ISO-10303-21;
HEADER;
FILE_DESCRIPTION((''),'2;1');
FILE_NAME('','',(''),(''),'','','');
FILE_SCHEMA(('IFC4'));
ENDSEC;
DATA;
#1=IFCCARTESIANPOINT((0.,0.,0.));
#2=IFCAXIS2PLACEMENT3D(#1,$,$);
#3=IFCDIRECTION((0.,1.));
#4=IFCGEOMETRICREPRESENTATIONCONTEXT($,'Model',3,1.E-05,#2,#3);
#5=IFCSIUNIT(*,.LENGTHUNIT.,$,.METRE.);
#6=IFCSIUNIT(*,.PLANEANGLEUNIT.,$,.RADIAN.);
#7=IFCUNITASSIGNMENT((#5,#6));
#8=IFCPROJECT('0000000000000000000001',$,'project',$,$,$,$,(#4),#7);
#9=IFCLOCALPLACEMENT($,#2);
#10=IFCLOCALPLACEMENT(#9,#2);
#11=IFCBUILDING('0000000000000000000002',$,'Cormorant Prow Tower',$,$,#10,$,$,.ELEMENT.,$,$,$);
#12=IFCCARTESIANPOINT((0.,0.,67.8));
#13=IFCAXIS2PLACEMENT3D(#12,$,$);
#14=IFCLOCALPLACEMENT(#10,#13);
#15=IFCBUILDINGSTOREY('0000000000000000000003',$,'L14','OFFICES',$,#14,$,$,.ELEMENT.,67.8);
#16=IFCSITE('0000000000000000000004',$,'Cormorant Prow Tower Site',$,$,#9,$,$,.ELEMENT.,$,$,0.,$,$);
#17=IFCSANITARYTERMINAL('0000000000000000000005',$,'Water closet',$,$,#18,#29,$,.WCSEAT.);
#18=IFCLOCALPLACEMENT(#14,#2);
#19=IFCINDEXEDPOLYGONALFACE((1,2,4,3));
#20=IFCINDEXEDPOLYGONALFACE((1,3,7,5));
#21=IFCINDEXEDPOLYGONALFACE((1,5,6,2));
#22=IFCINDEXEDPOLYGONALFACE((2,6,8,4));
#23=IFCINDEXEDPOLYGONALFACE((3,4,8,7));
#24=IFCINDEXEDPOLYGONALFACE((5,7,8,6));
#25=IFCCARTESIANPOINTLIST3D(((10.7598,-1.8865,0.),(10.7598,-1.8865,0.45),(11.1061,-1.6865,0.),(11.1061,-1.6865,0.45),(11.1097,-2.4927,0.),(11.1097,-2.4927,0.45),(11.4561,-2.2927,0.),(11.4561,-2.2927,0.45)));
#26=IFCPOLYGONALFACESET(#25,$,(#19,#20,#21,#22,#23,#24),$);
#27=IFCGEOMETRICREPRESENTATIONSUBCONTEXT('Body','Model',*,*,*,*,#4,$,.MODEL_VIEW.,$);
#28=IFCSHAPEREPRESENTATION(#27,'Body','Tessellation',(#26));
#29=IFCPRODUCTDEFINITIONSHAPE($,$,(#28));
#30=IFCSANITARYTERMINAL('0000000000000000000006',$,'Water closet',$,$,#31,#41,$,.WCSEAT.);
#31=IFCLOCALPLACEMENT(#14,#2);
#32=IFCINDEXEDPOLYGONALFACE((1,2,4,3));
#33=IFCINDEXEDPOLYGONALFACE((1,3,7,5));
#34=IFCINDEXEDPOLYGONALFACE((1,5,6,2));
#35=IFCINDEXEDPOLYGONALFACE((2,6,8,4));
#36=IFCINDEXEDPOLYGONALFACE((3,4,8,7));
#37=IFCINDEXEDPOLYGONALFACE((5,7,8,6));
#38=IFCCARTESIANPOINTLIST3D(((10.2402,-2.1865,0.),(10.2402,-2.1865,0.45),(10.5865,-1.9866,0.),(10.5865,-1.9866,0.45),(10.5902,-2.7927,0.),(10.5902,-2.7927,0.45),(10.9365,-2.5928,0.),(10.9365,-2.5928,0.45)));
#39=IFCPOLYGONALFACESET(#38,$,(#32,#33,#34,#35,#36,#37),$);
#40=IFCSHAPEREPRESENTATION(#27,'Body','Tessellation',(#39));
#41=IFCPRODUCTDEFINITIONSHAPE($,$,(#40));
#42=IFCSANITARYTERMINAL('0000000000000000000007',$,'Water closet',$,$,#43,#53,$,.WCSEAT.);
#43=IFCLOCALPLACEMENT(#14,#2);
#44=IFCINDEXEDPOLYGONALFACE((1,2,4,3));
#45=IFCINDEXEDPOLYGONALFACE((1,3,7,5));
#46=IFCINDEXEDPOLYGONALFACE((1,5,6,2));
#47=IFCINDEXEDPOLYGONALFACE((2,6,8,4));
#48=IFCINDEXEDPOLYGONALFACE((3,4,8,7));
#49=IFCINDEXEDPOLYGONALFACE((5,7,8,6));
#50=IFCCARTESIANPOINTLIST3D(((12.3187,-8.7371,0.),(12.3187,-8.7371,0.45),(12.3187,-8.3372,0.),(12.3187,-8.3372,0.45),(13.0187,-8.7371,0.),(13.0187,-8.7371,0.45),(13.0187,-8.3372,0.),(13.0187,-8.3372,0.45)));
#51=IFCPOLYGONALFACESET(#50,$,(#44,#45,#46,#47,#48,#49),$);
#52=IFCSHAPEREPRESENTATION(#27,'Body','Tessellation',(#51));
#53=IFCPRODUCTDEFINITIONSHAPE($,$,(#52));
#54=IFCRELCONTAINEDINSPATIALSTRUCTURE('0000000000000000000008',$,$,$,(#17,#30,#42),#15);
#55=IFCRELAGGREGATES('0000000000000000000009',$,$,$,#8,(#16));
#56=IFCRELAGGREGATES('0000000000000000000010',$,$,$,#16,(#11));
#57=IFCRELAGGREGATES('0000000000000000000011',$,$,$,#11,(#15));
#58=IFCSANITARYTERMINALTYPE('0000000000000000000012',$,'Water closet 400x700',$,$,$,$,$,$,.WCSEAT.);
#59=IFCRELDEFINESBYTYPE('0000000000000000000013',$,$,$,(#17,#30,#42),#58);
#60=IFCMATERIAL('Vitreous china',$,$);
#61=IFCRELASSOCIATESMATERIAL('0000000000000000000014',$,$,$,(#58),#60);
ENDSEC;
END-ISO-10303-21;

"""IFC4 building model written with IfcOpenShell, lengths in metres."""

from ifc_helpers import new_model, si_unit, direction, frame, origin, origin_2d, place, context, subcontext, project, spatial, rectangle, extrude, material, type_object, element, save


model = new_model("IFC4")

# Units and contexts
model_context = context("Model", 3, precision=1e-05, world=origin(), true_north=direction((0.0, 1.0)))
body_context = subcontext(model_context, "Body", "Model", "MODEL_VIEW")
ifc_project = project(units=[si_unit("LENGTHUNIT", "METRE"), si_unit("PLANEANGLEUNIT", "RADIAN")], contexts=[model_context])

# Site, building, storey
site_placement = place(None, origin())
site = spatial("IfcSite", under=ifc_project, at=site_placement, Name="Cormorant Prow Tower Site", CompositionType="ELEMENT", RefElevation=0.0)
building_placement = place(site_placement, origin())
building = spatial("IfcBuilding", under=site, at=building_placement, Name="Cormorant Prow Tower", CompositionType="ELEMENT")
storey_placement = place(building_placement, frame((0.0, 0.0, 67.8)))
storey = spatial("IfcBuildingStorey", under=building, at=storey_placement, Name="L14", Description="OFFICES", CompositionType="ELEMENT", Elevation=67.8)

# Sanitary terminals
ifc_material_1 = material(Name="Vitreous china")
sanitary_terminal_type_1 = type_object("IfcSanitaryTerminalType", Name="Water closet 400x700", PredefinedType="WCSEAT", material=ifc_material_1)
for number, where, z_axis, x_axis, name in (
    (1, (11.1079, -2.0896, 0.0), (0.0, 0.0, 1.0), (-0.866017, -0.500015, 0.0), "Water closet"),
    (2, (10.5884, -2.3896, 0.0), (0.0, 0.0, 1.0), (-0.866017, -0.500015, 0.0), "Water closet"),
    (3, (12.6687, -8.5371, 0.0), (0.0, 0.0, 1.0), (0.0, -1.0, 0.0), "Water closet"),
):
    element("IfcSanitaryTerminal", number, at=place(storey_placement, frame(where, z_axis=z_axis, x_axis=x_axis)), inside=storey, type_object=sanitary_terminal_type_1, Name=name, PredefinedType="WCSEAT", context=body_context, shape_type="SweptSolid", body=[
        extrude(rectangle(XDim=0.3999, YDim=0.7, at=origin_2d()), origin(), (0.0, 0.0, 1.0), 0.45),
    ])

save(model, "model.ifc")
